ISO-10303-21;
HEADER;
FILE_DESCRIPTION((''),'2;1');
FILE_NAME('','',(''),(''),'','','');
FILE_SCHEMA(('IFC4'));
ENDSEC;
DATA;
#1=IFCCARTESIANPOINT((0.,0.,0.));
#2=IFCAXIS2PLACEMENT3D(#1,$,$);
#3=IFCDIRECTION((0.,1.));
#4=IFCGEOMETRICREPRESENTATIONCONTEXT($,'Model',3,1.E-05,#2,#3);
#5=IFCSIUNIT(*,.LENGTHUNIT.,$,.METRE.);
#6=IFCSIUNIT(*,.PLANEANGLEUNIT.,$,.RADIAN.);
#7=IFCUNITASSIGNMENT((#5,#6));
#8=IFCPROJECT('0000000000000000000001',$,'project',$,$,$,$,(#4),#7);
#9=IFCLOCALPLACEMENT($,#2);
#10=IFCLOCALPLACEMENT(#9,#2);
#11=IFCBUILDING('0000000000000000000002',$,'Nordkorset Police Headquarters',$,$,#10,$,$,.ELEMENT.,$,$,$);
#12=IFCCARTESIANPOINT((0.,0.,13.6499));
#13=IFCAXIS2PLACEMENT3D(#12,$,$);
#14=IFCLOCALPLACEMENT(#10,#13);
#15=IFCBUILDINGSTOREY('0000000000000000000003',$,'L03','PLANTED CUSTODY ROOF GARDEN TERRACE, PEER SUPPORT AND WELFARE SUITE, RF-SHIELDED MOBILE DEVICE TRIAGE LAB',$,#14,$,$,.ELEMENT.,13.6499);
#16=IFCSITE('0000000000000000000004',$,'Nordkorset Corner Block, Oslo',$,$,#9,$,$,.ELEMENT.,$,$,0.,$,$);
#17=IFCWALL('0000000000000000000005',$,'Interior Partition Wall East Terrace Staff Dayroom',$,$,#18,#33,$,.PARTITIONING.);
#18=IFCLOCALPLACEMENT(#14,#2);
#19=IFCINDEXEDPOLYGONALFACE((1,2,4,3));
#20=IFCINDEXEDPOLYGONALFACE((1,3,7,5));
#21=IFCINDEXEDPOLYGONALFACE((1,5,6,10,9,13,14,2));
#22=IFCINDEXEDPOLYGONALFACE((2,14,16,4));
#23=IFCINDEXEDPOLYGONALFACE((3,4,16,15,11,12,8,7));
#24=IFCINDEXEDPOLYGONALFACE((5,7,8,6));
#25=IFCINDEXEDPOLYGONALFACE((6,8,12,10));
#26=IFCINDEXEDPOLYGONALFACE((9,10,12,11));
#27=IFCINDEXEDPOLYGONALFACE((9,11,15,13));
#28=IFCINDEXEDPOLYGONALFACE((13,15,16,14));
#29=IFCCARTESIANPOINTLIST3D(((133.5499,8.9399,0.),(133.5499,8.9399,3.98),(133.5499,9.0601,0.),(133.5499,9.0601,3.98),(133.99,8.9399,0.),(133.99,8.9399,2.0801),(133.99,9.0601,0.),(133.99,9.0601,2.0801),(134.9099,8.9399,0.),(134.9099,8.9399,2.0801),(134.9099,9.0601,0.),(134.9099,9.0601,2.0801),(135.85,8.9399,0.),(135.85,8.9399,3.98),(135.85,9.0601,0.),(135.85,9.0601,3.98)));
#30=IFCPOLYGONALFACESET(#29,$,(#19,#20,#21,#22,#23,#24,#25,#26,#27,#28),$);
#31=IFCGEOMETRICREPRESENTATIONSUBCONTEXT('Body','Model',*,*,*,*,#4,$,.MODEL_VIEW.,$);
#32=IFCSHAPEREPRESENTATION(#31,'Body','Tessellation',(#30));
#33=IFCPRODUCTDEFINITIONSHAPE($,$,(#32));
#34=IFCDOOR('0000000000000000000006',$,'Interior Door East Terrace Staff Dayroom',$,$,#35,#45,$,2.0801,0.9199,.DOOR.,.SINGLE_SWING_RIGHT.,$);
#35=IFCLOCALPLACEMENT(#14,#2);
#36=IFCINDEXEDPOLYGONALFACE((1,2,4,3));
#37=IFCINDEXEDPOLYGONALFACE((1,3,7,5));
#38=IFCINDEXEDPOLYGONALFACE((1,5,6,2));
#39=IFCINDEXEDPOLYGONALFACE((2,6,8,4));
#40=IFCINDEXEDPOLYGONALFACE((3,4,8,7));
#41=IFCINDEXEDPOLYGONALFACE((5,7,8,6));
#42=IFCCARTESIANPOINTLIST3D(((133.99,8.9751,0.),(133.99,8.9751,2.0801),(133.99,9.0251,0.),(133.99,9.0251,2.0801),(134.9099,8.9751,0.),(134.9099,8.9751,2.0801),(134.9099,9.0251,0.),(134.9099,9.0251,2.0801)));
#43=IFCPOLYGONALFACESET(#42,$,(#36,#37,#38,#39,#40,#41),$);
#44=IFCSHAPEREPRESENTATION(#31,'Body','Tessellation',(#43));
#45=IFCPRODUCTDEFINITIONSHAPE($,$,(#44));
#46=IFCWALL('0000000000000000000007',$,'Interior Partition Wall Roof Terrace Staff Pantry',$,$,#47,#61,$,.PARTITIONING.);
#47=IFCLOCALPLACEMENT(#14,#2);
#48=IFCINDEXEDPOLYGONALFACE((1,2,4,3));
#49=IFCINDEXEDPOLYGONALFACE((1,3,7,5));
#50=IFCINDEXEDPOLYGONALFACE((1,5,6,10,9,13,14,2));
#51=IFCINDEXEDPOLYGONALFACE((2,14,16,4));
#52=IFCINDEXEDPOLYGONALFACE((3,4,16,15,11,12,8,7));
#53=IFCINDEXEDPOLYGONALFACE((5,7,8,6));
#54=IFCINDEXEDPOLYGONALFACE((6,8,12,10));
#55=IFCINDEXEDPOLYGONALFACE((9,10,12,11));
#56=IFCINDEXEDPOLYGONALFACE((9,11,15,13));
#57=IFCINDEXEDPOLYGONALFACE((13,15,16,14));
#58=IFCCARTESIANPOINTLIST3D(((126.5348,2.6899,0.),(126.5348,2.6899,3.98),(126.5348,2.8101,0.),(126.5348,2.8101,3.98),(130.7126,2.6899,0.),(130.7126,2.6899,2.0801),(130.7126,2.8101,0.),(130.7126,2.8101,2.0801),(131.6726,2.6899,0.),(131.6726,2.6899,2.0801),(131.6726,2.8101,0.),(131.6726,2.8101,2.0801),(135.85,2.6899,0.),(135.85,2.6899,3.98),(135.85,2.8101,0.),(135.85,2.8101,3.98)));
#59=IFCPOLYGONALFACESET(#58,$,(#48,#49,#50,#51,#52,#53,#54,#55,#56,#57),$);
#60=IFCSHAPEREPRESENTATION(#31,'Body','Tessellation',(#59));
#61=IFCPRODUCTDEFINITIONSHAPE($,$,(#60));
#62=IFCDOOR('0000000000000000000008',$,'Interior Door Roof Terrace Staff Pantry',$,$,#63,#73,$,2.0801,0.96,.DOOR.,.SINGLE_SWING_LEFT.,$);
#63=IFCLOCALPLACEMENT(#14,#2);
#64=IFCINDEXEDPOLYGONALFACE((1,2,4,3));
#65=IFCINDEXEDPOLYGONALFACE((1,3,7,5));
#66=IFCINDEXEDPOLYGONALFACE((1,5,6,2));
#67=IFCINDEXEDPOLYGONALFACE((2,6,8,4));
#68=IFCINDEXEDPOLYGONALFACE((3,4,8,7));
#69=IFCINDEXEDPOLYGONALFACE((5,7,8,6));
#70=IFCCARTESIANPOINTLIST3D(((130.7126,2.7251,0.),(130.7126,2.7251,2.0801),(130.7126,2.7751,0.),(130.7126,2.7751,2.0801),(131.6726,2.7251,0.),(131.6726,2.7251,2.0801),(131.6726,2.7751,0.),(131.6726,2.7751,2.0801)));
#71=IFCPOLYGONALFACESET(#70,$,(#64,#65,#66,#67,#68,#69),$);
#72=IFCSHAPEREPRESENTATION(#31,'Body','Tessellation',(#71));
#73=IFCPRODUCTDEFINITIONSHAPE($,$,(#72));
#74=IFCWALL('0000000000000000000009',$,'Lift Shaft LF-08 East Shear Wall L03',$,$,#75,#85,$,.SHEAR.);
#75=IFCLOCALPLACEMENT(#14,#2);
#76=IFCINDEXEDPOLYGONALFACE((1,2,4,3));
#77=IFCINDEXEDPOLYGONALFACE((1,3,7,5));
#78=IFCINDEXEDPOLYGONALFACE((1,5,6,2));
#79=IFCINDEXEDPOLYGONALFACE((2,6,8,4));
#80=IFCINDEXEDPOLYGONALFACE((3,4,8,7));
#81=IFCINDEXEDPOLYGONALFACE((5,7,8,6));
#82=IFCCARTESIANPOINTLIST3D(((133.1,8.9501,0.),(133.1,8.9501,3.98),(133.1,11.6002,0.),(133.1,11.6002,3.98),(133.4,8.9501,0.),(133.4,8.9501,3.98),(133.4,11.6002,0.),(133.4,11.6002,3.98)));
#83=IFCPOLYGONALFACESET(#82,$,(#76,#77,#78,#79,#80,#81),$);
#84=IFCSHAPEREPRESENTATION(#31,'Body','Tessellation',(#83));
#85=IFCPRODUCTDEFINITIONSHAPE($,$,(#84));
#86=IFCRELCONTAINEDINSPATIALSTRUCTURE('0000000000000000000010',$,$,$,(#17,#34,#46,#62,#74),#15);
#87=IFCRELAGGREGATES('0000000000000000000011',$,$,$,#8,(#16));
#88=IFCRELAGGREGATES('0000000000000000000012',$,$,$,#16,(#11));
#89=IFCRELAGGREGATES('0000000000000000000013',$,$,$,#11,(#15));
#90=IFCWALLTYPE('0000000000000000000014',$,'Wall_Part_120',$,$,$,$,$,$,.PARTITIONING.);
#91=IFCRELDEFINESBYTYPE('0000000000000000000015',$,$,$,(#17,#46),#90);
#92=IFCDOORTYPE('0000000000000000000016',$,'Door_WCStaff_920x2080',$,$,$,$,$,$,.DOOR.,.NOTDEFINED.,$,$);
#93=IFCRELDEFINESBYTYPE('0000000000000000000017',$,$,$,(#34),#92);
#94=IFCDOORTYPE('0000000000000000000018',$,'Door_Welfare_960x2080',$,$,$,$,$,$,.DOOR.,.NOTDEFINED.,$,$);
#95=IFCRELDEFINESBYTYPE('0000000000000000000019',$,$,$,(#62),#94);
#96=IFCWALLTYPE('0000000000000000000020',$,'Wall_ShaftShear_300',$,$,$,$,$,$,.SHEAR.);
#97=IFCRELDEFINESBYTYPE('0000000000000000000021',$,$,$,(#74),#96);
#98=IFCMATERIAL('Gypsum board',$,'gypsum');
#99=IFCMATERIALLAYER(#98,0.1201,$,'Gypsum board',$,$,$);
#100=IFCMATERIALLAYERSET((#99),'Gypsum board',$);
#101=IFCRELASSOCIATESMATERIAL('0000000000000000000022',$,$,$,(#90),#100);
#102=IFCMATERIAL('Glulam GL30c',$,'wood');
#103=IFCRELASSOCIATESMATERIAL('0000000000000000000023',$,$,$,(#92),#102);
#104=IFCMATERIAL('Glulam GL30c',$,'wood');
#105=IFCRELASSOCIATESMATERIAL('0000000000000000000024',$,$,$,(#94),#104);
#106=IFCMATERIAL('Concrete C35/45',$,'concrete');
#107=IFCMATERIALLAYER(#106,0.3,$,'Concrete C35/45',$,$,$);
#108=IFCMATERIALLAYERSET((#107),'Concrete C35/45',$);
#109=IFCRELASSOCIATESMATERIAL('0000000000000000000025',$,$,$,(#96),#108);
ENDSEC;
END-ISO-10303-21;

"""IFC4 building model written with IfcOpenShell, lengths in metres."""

from ifc_helpers import new_model, si_unit, direction, frame, frame_2d, origin, place, context, subcontext, project, spatial, rectangle, extrude, material, layer, layer_set, type_object, element, fill, save


model = new_model("IFC4")

# Units and contexts
model_context = context("Model", 3, precision=1e-05, world=origin(), true_north=direction((0.0, 1.0)))
body_context = subcontext(model_context, "Body", "Model", "MODEL_VIEW")
ifc_project = project(units=[si_unit("LENGTHUNIT", "METRE"), si_unit("PLANEANGLEUNIT", "RADIAN")], contexts=[model_context])

# Site, building, storey
site_placement = place(None, origin())
site = spatial("IfcSite", under=ifc_project, at=site_placement, Name="Nordkorset Corner Block, Oslo", CompositionType="ELEMENT", RefElevation=0.0)
building_placement = place(site_placement, origin())
building = spatial("IfcBuilding", under=site, at=building_placement, Name="Nordkorset Police Headquarters", CompositionType="ELEMENT")
storey_placement = place(building_placement, frame((0.0, 0.0, 13.6499)))
storey = spatial("IfcBuildingStorey", under=building, at=storey_placement, Name="L03", Description="PLANTED CUSTODY ROOF GARDEN TERRACE, PEER SUPPORT AND WELFARE SUITE, RF-SHIELDED MOBILE DEVICE TRIAGE LAB", CompositionType="ELEMENT", Elevation=13.6499)

# Walls, openings, doors
ifc_material_1 = material(Name="Gypsum board", Category="gypsum")
ifc_layer_1 = layer(ifc_material_1, 0.1201, Name="Gypsum board")
ifc_layer_set_1 = layer_set([ifc_layer_1], Name="Gypsum board")
wall_type_1 = type_object("IfcWallType", Name="Wall_Part_120", PredefinedType="PARTITIONING", material=ifc_layer_set_1)
wall_1_placement = place(storey_placement, frame((133.55, 9.0, 0.0), z_axis=(0.0, 0.0, 1.0), x_axis=(1.0, 0.0, 0.0)))
wall_1 = element("IfcWall", 1, at=wall_1_placement, inside=storey, type_object=wall_type_1, Name="Interior Partition Wall East Terrace Staff Dayroom", PredefinedType="PARTITIONING", context=body_context, shape_type="SweptSolid", body=[
    extrude(rectangle(XDim=2.3, YDim=0.1201, at=frame_2d((1.1499, 0.0))), origin(), (0.0, 0.0, 1.0), 3.98),
])
opening_1_placement = place(wall_1_placement, frame((0.4399, 0.0, 0.0)))
opening_1 = element("IfcOpeningElement", 2, at=opening_1_placement, cuts=wall_1, PredefinedType="OPENING", context=body_context, shape_type="SweptSolid", body=[
    extrude(rectangle(XDim=0.9199, YDim=2.0801, at=frame_2d((0.46, 1.04))), frame((0.0, 0.0701, 0.0), z_axis=(0.0, -1.0, 0.0), x_axis=(1.0, 0.0, 0.0)), (0.0, 0.0, 1.0), 0.1401),
])
ifc_material_2 = material(Name="Glulam GL30c", Category="wood")
door_type_1 = type_object("IfcDoorType", Name="Door_WCStaff_920x2080", OperationType="NOTDEFINED", PredefinedType="DOOR", material=ifc_material_2)
door_1_placement = place(opening_1_placement, frame((0.9199, 0.0, 0.0), z_axis=(0.0, 0.0, 1.0), x_axis=(-1.0, 0.0, 0.0)))
door_1 = element("IfcDoor", 3, at=door_1_placement, inside=storey, type_object=door_type_1, Name="Interior Door East Terrace Staff Dayroom", OperationType="SINGLE_SWING_RIGHT", OverallHeight=2.0801, OverallWidth=0.9199, PredefinedType="DOOR", context=body_context, shape_type="SweptSolid", body=[
    extrude(rectangle(XDim=0.9199, YDim=2.0801, at=frame_2d((0.46, 1.04))), frame((0.0, 0.0249, 0.0), z_axis=(0.0, -1.0, 0.0), x_axis=(1.0, 0.0, 0.0)), (0.0, 0.0, 1.0), 0.05),
])
fill(opening_1, door_1)
wall_2_placement = place(storey_placement, frame((135.8501, 2.75, 0.0), z_axis=(0.0, 0.0, 1.0), x_axis=(-1.0, 0.0, 0.0)))
wall_2 = element("IfcWall", 4, at=wall_2_placement, inside=storey, type_object=wall_type_1, Name="Interior Partition Wall Roof Terrace Staff Pantry", PredefinedType="PARTITIONING", context=body_context, shape_type="SweptSolid", body=[
    extrude(rectangle(XDim=9.3152, YDim=0.1201, at=frame_2d((4.6577, 0.0))), origin(), (0.0, 0.0, 1.0), 3.98),
])
opening_2_placement = place(wall_2_placement, frame((4.1775, 0.0, 0.0)))
opening_2 = element("IfcOpeningElement", 5, at=opening_2_placement, cuts=wall_2, PredefinedType="OPENING", context=body_context, shape_type="SweptSolid", body=[
    extrude(rectangle(XDim=0.96, YDim=2.0801, at=frame_2d((0.48, 1.04))), frame((0.0, 0.0701, 0.0), z_axis=(0.0, -1.0, 0.0), x_axis=(1.0, 0.0, 0.0)), (0.0, 0.0, 1.0), 0.1401),
])
ifc_material_3 = material(Name="Glulam GL30c", Category="wood")
door_type_2 = type_object("IfcDoorType", Name="Door_Welfare_960x2080", OperationType="NOTDEFINED", PredefinedType="DOOR", material=ifc_material_3)
door_2_placement = place(opening_2_placement, origin())
door_2 = element("IfcDoor", 6, at=door_2_placement, inside=storey, type_object=door_type_2, Name="Interior Door Roof Terrace Staff Pantry", OperationType="SINGLE_SWING_LEFT", OverallHeight=2.0801, OverallWidth=0.96, PredefinedType="DOOR", context=body_context, shape_type="SweptSolid", body=[
    extrude(rectangle(XDim=0.96, YDim=2.0801, at=frame_2d((0.48, 1.04))), frame((0.0, 0.0249, 0.0), z_axis=(0.0, -1.0, 0.0), x_axis=(1.0, 0.0, 0.0)), (0.0, 0.0, 1.0), 0.05),
])
fill(opening_2, door_2)
ifc_material_4 = material(Name="Concrete C35/45", Category="concrete")
ifc_layer_2 = layer(ifc_material_4, 0.3, Name="Concrete C35/45")
ifc_layer_set_2 = layer_set([ifc_layer_2], Name="Concrete C35/45")
wall_type_2 = type_object("IfcWallType", Name="Wall_ShaftShear_300", PredefinedType="SHEAR", material=ifc_layer_set_2)

# Wall
wall_3_placement = place(storey_placement, frame((133.25, 8.95, 0.0), z_axis=(0.0, 0.0, 1.0), x_axis=(0.0, 1.0, 0.0)))
element("IfcWall", 7, at=wall_3_placement, inside=storey, type_object=wall_type_2, Name="Lift Shaft LF-08 East Shear Wall L03", PredefinedType="SHEAR", context=body_context, shape_type="SweptSolid", body=[
    extrude(rectangle(XDim=2.6501, YDim=0.3, at=frame_2d((1.3252, 0.0))), origin(), (0.0, 0.0, 1.0), 3.98),
])

save(model, "model.ifc")
